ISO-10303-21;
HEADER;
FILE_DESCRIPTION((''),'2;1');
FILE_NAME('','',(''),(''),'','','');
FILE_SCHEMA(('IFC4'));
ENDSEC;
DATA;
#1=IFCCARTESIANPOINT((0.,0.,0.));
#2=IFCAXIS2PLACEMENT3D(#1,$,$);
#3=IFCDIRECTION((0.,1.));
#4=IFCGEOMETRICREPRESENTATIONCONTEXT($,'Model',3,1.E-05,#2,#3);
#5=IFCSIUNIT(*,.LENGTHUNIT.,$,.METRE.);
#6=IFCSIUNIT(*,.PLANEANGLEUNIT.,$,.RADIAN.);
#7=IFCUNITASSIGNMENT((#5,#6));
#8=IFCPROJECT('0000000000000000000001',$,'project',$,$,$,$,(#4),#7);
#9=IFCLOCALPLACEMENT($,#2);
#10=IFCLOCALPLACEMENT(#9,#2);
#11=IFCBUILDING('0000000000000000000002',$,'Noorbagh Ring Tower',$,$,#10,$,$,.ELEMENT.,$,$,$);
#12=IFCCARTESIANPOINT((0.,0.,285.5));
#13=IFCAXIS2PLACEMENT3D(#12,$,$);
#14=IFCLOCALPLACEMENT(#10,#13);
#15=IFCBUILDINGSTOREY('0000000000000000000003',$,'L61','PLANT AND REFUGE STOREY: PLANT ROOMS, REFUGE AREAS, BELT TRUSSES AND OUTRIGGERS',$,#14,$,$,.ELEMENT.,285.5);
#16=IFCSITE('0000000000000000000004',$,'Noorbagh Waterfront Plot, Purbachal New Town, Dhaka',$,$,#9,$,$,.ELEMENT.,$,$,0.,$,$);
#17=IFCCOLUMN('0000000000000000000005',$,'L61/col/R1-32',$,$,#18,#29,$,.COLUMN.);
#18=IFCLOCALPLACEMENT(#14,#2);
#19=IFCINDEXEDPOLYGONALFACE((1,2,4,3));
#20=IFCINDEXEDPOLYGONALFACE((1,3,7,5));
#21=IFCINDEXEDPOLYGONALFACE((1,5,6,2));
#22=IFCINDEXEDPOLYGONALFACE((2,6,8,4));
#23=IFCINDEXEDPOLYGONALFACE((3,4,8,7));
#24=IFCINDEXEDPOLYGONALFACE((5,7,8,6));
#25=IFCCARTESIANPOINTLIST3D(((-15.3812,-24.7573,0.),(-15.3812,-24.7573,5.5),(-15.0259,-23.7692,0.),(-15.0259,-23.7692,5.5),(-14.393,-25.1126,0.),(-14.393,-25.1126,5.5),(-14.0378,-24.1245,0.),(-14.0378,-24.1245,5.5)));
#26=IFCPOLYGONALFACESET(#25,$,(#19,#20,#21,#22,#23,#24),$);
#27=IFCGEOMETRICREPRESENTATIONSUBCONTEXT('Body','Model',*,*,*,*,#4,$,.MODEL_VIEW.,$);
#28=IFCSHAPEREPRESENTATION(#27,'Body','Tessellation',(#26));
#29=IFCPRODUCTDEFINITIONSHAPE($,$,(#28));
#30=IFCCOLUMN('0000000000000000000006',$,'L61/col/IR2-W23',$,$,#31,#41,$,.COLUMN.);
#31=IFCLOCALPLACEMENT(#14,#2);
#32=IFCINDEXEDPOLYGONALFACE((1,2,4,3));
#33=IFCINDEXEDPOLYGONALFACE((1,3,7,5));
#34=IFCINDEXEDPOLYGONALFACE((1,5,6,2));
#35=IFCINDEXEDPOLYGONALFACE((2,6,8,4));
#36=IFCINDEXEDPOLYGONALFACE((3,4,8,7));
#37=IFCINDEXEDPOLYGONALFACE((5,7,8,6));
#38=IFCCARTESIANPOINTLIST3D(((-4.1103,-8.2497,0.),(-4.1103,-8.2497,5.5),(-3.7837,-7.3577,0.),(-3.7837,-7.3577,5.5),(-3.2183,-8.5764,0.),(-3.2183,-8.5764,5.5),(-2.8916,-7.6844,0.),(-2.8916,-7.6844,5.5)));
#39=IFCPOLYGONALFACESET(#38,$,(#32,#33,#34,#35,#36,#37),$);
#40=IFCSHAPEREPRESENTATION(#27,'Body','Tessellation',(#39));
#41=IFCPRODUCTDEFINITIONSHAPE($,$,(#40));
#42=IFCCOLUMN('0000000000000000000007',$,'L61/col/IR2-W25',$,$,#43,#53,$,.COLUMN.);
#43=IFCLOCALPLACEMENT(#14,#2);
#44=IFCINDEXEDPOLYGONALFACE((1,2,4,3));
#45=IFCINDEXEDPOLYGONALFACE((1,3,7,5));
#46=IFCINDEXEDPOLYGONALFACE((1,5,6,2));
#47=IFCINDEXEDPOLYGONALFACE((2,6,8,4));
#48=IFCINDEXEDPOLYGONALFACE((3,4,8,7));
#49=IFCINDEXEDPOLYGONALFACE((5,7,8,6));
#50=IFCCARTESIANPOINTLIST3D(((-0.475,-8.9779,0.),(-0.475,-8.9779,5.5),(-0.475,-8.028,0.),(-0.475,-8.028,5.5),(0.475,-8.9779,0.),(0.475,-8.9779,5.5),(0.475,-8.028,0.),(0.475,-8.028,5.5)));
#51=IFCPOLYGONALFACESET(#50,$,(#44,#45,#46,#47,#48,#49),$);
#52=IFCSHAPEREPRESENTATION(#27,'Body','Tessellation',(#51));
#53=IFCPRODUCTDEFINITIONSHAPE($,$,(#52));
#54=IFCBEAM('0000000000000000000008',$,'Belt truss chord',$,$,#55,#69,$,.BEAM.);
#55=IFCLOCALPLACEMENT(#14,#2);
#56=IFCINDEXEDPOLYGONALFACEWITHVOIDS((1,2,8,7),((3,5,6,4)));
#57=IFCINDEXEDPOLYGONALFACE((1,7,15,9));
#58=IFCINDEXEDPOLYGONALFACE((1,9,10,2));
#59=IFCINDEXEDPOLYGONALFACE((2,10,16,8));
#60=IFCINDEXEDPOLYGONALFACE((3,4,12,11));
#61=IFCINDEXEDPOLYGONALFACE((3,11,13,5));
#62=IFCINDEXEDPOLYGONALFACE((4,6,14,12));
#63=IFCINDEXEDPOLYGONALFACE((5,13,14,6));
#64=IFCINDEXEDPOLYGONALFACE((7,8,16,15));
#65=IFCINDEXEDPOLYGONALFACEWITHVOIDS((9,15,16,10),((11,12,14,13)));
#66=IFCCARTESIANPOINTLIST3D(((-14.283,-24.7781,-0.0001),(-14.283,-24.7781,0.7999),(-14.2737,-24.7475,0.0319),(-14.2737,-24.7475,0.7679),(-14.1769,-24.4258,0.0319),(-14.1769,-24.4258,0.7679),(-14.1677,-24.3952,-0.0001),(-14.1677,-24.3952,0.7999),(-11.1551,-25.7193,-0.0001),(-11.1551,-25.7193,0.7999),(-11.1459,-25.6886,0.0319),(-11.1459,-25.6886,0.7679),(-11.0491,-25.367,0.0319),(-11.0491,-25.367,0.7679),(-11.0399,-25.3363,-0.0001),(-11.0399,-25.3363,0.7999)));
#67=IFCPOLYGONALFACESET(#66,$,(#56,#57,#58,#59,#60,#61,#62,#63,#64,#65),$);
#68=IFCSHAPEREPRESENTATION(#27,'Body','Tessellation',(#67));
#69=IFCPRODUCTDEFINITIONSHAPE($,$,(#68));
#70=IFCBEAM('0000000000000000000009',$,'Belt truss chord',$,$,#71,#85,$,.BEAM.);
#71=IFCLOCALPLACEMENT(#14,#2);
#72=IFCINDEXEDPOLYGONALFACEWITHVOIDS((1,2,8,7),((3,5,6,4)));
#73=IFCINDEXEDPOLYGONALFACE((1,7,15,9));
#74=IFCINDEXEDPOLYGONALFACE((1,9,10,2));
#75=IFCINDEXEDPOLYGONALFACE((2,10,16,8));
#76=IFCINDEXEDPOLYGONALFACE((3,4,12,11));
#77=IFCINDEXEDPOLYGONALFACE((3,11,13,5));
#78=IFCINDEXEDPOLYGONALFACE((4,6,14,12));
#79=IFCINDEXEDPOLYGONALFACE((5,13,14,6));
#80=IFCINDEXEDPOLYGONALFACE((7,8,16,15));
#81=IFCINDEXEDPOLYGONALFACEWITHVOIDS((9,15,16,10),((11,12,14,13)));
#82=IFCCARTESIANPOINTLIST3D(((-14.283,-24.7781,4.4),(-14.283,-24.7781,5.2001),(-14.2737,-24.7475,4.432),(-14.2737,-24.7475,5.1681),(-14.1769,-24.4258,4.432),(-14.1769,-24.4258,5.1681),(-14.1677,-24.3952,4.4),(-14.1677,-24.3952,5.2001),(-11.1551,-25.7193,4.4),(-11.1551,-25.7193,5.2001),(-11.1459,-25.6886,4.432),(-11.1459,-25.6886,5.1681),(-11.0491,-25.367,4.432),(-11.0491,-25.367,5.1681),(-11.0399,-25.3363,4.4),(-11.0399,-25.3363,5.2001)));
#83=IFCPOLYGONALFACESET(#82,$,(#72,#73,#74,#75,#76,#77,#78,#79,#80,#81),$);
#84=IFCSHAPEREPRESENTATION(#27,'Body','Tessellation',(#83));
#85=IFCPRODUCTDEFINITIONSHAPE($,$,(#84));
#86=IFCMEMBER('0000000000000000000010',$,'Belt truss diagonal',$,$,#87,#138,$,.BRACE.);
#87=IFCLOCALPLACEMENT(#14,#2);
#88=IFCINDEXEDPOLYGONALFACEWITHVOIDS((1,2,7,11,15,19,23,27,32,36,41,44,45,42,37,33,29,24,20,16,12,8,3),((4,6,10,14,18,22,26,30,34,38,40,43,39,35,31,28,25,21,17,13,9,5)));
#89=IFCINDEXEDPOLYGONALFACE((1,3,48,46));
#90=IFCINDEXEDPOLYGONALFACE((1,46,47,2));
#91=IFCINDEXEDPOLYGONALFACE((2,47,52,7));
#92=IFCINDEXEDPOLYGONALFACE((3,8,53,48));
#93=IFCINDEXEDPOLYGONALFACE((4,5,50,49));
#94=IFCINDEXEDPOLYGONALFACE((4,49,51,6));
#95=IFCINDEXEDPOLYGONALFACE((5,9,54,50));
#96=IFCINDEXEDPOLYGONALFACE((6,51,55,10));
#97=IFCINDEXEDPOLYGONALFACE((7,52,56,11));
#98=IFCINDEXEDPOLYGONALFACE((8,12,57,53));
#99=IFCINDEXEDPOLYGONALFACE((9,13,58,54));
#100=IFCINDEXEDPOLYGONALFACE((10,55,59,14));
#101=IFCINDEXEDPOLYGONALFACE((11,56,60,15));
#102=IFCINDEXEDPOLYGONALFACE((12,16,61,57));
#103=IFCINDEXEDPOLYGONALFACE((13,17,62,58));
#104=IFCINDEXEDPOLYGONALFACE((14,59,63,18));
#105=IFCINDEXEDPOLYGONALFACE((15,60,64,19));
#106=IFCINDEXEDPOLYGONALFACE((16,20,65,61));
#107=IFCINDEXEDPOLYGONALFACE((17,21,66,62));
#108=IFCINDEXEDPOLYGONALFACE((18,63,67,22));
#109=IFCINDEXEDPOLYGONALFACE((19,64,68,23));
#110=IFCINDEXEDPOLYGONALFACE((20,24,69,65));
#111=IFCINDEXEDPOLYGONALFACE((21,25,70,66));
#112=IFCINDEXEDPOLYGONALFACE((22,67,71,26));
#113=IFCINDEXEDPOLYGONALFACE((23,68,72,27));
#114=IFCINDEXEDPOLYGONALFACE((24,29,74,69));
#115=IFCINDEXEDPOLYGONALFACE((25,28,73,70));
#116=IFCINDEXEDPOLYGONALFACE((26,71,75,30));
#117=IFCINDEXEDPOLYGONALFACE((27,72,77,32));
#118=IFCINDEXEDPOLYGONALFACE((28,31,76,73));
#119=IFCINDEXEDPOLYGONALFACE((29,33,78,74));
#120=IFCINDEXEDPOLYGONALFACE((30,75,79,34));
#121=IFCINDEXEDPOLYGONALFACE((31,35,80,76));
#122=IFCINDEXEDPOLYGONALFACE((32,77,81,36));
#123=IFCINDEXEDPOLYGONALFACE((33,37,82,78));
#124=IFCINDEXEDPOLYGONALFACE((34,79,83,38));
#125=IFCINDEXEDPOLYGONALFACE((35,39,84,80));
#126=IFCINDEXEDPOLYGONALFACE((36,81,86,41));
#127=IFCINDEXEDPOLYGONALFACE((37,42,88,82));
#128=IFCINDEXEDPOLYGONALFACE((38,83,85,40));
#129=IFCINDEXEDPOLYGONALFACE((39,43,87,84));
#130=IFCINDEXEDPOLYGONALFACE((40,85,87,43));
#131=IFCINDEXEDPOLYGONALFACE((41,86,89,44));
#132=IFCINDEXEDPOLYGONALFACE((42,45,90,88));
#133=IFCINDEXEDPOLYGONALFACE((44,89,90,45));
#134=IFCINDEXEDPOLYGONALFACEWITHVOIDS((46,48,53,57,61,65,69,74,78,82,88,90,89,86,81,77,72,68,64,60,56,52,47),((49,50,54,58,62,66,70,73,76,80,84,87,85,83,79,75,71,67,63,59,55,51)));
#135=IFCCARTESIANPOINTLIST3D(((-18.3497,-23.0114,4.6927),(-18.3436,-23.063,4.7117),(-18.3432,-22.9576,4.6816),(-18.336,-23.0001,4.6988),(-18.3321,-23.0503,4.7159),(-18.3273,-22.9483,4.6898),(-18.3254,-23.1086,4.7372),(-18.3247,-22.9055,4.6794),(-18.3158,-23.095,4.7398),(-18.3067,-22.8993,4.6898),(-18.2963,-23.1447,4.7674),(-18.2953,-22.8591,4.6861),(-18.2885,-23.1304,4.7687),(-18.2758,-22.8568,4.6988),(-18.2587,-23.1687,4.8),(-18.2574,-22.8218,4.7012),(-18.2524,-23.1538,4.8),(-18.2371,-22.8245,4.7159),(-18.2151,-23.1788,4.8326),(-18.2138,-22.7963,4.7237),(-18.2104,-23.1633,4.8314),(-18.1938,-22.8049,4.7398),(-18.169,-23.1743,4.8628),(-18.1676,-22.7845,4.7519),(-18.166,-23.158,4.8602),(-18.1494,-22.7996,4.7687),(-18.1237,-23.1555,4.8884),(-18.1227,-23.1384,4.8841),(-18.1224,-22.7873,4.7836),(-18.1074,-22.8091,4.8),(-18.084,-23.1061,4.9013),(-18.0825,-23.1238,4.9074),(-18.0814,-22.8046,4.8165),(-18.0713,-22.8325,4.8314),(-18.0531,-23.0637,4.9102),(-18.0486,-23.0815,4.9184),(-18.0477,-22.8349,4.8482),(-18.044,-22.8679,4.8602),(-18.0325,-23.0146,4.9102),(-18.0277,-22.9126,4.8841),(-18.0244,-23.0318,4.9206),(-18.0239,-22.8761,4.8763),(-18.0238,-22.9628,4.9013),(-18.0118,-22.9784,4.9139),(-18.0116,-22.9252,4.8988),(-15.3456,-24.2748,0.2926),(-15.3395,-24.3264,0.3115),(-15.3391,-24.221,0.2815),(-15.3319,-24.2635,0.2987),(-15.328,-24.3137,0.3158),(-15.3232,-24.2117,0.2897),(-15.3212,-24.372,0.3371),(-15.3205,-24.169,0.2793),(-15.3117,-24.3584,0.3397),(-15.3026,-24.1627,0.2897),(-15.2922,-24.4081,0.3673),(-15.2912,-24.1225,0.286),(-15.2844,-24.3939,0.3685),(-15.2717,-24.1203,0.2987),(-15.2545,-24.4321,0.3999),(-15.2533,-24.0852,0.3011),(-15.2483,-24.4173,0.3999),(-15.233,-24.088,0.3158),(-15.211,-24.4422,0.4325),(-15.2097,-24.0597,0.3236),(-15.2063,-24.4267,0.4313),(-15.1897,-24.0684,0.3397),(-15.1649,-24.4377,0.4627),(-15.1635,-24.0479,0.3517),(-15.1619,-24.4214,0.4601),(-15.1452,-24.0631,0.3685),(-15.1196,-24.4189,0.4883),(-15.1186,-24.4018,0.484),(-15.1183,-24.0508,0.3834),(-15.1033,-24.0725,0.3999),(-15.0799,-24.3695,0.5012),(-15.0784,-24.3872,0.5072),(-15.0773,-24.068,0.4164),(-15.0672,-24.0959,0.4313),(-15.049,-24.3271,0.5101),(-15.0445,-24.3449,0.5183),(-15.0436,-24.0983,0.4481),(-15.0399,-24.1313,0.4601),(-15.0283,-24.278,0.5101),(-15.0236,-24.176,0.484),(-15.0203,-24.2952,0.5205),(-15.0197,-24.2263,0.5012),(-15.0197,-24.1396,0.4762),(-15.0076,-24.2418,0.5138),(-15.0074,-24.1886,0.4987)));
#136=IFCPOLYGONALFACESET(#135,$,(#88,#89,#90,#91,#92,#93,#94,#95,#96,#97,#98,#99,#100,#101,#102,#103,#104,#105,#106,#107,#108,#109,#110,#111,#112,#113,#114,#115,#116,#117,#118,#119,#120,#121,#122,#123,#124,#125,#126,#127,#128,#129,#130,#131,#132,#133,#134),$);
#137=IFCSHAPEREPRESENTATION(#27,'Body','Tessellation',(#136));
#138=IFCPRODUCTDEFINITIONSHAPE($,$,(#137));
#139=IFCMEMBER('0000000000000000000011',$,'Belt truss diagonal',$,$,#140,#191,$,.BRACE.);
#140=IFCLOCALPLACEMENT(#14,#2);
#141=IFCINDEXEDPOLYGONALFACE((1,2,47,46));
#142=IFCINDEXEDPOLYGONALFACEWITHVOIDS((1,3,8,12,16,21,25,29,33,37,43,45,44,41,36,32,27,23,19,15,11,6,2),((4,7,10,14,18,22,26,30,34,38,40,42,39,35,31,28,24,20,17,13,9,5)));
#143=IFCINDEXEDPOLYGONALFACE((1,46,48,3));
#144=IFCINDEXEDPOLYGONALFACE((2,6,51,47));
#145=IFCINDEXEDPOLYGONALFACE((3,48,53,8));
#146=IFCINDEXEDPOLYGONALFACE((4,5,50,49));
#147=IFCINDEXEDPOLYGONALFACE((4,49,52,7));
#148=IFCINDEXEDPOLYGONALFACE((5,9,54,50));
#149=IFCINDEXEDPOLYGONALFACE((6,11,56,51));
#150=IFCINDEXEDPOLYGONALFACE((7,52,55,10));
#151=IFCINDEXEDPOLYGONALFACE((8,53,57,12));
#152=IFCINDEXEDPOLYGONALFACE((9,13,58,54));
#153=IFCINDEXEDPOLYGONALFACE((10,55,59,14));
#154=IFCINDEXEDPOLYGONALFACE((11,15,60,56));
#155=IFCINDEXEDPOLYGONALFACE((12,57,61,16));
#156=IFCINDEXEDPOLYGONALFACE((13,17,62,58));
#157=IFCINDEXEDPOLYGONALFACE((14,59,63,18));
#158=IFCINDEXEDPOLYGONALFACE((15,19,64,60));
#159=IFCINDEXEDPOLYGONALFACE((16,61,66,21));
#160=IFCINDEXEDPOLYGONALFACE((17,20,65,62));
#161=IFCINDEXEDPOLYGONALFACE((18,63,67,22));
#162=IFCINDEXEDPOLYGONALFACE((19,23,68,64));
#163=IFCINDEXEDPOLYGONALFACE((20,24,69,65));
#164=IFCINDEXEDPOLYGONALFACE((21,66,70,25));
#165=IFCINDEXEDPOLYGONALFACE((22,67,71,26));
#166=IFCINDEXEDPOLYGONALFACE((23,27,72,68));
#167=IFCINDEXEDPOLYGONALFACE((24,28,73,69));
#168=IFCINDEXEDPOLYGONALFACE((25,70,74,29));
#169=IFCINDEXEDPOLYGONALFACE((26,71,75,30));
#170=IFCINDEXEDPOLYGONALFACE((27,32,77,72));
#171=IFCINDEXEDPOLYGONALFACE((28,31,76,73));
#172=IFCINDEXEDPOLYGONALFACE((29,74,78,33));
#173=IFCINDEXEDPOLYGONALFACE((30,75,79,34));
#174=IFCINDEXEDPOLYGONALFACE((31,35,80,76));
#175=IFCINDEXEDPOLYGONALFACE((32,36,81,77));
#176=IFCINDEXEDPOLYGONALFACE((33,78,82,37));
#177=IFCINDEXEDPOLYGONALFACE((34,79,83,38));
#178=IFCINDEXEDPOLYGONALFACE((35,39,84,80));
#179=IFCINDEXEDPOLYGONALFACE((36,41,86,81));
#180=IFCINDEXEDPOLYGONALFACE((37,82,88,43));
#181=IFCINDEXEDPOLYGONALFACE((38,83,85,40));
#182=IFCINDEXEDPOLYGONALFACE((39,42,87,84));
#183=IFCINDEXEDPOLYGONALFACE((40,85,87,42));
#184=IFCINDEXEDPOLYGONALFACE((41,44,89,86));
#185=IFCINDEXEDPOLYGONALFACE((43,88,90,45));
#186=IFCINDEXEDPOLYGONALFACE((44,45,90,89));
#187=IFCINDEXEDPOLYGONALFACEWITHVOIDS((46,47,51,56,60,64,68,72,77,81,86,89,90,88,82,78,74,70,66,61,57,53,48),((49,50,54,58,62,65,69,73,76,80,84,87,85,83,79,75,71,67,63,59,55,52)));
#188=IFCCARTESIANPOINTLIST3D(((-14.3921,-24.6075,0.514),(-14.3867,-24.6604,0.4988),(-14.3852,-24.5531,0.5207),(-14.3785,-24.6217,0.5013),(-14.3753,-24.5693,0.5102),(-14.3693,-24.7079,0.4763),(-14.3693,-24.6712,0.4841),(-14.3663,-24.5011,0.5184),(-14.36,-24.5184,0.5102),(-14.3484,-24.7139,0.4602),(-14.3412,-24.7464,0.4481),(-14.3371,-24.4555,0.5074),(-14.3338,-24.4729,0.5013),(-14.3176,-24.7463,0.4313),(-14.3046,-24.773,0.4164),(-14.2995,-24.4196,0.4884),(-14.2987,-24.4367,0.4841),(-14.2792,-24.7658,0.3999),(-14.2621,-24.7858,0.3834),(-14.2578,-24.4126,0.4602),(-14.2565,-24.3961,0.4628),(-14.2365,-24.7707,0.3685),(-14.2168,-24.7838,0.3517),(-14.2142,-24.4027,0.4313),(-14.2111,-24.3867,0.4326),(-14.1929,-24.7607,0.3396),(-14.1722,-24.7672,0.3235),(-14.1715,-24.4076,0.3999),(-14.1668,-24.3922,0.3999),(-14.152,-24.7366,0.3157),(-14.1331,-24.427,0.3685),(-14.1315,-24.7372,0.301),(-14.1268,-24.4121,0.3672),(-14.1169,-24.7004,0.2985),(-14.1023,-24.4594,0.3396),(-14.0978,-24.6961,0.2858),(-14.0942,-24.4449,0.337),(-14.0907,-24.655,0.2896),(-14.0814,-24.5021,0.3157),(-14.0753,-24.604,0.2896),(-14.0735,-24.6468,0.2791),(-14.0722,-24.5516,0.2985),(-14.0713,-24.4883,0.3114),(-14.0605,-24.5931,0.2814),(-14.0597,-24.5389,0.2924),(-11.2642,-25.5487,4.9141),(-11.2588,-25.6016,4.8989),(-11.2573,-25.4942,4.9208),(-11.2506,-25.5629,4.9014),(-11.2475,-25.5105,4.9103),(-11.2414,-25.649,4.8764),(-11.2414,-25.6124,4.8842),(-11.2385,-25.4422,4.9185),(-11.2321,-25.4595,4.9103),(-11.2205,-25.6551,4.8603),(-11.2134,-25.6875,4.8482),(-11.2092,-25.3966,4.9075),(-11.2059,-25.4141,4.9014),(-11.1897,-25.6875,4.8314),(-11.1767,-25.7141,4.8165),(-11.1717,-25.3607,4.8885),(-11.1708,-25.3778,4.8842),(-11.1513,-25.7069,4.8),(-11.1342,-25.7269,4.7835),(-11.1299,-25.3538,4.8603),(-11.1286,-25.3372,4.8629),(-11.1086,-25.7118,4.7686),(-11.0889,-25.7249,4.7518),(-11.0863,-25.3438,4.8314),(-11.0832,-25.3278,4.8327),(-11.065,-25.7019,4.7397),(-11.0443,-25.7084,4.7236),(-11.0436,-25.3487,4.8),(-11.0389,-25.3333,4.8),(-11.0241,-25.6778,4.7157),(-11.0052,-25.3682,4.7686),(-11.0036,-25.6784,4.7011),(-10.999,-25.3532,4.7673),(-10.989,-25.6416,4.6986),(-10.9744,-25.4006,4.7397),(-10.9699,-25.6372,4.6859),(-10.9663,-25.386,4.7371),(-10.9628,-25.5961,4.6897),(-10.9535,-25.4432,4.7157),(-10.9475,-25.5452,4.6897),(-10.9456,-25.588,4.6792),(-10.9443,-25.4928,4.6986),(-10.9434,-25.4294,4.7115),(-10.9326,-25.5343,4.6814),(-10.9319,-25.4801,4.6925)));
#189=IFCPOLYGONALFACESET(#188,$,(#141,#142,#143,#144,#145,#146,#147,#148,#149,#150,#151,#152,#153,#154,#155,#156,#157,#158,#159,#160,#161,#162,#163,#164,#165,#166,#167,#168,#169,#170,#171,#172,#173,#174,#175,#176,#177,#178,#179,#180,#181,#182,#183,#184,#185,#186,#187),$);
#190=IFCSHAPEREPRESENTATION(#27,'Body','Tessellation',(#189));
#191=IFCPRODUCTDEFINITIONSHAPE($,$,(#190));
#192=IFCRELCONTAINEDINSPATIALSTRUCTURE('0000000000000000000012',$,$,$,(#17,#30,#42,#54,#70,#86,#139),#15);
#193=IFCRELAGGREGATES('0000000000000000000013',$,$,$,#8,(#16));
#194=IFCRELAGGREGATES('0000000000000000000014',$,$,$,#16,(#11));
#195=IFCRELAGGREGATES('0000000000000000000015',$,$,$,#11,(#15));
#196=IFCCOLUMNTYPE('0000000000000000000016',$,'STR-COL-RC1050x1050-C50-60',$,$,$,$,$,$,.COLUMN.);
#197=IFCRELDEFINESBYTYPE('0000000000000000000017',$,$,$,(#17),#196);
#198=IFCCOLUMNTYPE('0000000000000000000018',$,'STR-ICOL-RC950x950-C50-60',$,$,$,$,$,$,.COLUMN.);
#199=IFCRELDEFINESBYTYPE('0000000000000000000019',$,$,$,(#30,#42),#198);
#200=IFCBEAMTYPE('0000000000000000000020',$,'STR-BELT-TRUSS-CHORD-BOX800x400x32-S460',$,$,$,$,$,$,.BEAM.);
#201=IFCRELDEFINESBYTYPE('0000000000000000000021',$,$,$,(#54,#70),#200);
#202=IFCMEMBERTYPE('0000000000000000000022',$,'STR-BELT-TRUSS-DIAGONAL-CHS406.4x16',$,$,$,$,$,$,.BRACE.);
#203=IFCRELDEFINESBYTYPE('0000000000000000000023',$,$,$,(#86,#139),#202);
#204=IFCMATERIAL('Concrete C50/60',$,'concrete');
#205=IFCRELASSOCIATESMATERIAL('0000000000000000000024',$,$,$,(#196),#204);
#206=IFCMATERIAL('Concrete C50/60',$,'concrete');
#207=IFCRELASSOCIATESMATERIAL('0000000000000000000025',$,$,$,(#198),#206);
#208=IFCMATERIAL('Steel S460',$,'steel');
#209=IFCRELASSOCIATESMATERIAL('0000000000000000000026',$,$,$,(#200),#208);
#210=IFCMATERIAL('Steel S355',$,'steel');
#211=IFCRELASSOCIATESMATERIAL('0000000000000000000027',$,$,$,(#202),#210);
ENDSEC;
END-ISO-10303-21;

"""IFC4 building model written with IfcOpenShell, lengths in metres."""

from ifc_helpers import new_model, si_unit, direction, frame, origin, origin_2d, place, context, subcontext, project, spatial, rectangle, hollow_rectangle, hollow_circle, extrude, material, material_profile, profile_set, type_object, element, save


model = new_model("IFC4")

# Units and contexts
model_context = context("Model", 3, precision=1e-05, world=origin(), true_north=direction((0.0, 1.0)))
body_context = subcontext(model_context, "Body", "Model", "MODEL_VIEW")
ifc_project = project(units=[si_unit("LENGTHUNIT", "METRE"), si_unit("PLANEANGLEUNIT", "RADIAN")], contexts=[model_context])

# Site, building, storey
site_placement = place(None, origin())
site = spatial("IfcSite", under=ifc_project, at=site_placement, Name="Noorbagh Waterfront Plot, Purbachal New Town, Dhaka", CompositionType="ELEMENT", RefElevation=0.0)
building_placement = place(site_placement, origin())
building = spatial("IfcBuilding", under=site, at=building_placement, Name="Noorbagh Ring Tower", CompositionType="ELEMENT")
storey_placement = place(building_placement, frame((0.0, 0.0, 285.5)))
storey = spatial("IfcBuildingStorey", under=building, at=storey_placement, Name="L61", Description="PLANT AND REFUGE STOREY: PLANT ROOMS, REFUGE AREAS, BELT TRUSSES AND OUTRIGGERS", CompositionType="ELEMENT", Elevation=285.5)

# Columns
ifc_material_1 = material(Name="Concrete C50/60", Category="concrete")
ifc_material_profile_1 = material_profile(ifc_material_1, rectangle(XDim=1.05, YDim=1.05, at=origin_2d()), Name="RC1050x1050")
ifc_profile_set_1 = profile_set([ifc_material_profile_1], Name="Concrete C50/60")
column_type_1 = type_object("IfcColumnType", Name="STR-COL-RC1050x1050-C50-60", PredefinedType="COLUMN", material=ifc_profile_set_1)
column_placement = place(storey_placement, frame((-14.7095, -24.4409, 0.0), z_axis=(0.0, 0.0, 1.0), x_axis=(0.941025, -0.338338, 0.0)))
element("IfcColumn", 1, at=column_placement, inside=storey, type_object=column_type_1, Name="L61/col/R1-32", PredefinedType="COLUMN", context=body_context, shape_type="SweptSolid", body=[
    extrude(rectangle(XDim=1.05, YDim=1.05, at=origin_2d()), origin(), (0.0, 0.0, 1.0), 5.5),
])
ifc_material_2 = material(Name="Concrete C50/60", Category="concrete")
ifc_material_profile_2 = material_profile(ifc_material_2, rectangle(XDim=0.95, YDim=0.95, at=origin_2d()), Name="RC950x950")
ifc_profile_set_2 = profile_set([ifc_material_profile_2], Name="Concrete C50/60")
column_type_2 = type_object("IfcColumnType", Name="STR-ICOL-RC950x950-C50-60", PredefinedType="COLUMN", material=ifc_profile_set_2)
for number, where, z_axis, x_axis, name in (
    (2, (-3.501, -7.967, 0.0), (0.0, 0.0, 1.0), (0.93902, -0.343864, 0.0), "L61/col/IR2-W23"),
    (3, (0.0, -8.5029, 0.0), (0.0, 0.0, 1.0), (1.0, 0.0, 0.0), "L61/col/IR2-W25"),
):
    element("IfcColumn", number, at=place(storey_placement, frame(where, z_axis=z_axis, x_axis=x_axis)), inside=storey, type_object=column_type_2, Name=name, PredefinedType="COLUMN", context=body_context, shape_type="SweptSolid", body=[
        extrude(rectangle(XDim=0.95, YDim=0.95, at=origin_2d()), origin(), (0.0, 0.0, 1.0), 5.5),
    ])

# Beams
ifc_material_3 = material(Name="Steel S460", Category="steel")
ifc_material_profile_3 = material_profile(ifc_material_3, hollow_rectangle(XDim=0.3999, YDim=0.8, WallThickness=0.032, at=origin_2d()), Name="BOX800x400x32")
ifc_profile_set_3 = profile_set([ifc_material_profile_3], Name="Steel S460")
beam_type_1 = type_object("IfcBeamType", Name="STR-BELT-TRUSS-CHORD-BOX800x400x32-S460", PredefinedType="BEAM", material=ifc_profile_set_3)
for number, where, z_axis, x_axis, name in (
    (4, (-14.2253, -24.5867, 0.3999), (0.957591, -0.288129, 0.0), (0.288129, 0.957591, 0.0), "Belt truss chord"),
    (5, (-14.2253, -24.5867, 4.8), (0.957591, -0.288129, 0.0), (0.288129, 0.957591, 0.0), "Belt truss chord"),
):
    element("IfcBeam", number, at=place(storey_placement, frame(where, z_axis=z_axis, x_axis=x_axis)), inside=storey, type_object=beam_type_1, Name=name, PredefinedType="BEAM", context=body_context, shape_type="SweptSolid", body=[
        extrude(hollow_rectangle(XDim=0.3999, YDim=0.8, WallThickness=0.032, at=origin_2d()), origin(), (0.0, 0.0, 1.0), 3.2664),
    ])

# Members
ifc_material_4 = material(Name="Steel S355", Category="steel")
ifc_material_profile_4 = material_profile(ifc_material_4, hollow_circle(Radius=0.2031, WallThickness=0.0161, at=origin_2d()), Name="CHS406.4x16")
ifc_profile_set_4 = profile_set([ifc_material_profile_4], Name="Steel S355")
member_type = type_object("IfcMemberType", Name="STR-BELT-TRUSS-DIAGONAL-CHS406.4x16", PredefinedType="BRACE", material=ifc_profile_set_4)
member_1_placement = place(storey_placement, frame((-15.1758, -24.2449, 0.3999), z_axis=(-0.548641, 0.230737, 0.803588), x_axis=(-0.387672, -0.921797, 0.0)))
element("IfcMember", 6, at=member_1_placement, inside=storey, type_object=member_type, Name="Belt truss diagonal", PredefinedType="BRACE", context=body_context, shape_type="SweptSolid", body=[
    extrude(hollow_circle(Radius=0.2031, WallThickness=0.0161, at=origin_2d()), origin(), (0.0, 0.0, 1.0), 5.4756),
])
member_2_placement = place(storey_placement, frame((-14.2253, -24.5867, 0.3999), z_axis=(0.570784, -0.171743, 0.802938), x_axis=(0.288129, 0.957591, 0.0)))
element("IfcMember", 7, at=member_2_placement, inside=storey, type_object=member_type, Name="Belt truss diagonal", PredefinedType="BRACE", context=body_context, shape_type="SweptSolid", body=[
    extrude(hollow_circle(Radius=0.2031, WallThickness=0.0161, at=origin_2d()), origin(), (0.0, 0.0, 1.0), 5.48),
])

save(model, "model.ifc")
